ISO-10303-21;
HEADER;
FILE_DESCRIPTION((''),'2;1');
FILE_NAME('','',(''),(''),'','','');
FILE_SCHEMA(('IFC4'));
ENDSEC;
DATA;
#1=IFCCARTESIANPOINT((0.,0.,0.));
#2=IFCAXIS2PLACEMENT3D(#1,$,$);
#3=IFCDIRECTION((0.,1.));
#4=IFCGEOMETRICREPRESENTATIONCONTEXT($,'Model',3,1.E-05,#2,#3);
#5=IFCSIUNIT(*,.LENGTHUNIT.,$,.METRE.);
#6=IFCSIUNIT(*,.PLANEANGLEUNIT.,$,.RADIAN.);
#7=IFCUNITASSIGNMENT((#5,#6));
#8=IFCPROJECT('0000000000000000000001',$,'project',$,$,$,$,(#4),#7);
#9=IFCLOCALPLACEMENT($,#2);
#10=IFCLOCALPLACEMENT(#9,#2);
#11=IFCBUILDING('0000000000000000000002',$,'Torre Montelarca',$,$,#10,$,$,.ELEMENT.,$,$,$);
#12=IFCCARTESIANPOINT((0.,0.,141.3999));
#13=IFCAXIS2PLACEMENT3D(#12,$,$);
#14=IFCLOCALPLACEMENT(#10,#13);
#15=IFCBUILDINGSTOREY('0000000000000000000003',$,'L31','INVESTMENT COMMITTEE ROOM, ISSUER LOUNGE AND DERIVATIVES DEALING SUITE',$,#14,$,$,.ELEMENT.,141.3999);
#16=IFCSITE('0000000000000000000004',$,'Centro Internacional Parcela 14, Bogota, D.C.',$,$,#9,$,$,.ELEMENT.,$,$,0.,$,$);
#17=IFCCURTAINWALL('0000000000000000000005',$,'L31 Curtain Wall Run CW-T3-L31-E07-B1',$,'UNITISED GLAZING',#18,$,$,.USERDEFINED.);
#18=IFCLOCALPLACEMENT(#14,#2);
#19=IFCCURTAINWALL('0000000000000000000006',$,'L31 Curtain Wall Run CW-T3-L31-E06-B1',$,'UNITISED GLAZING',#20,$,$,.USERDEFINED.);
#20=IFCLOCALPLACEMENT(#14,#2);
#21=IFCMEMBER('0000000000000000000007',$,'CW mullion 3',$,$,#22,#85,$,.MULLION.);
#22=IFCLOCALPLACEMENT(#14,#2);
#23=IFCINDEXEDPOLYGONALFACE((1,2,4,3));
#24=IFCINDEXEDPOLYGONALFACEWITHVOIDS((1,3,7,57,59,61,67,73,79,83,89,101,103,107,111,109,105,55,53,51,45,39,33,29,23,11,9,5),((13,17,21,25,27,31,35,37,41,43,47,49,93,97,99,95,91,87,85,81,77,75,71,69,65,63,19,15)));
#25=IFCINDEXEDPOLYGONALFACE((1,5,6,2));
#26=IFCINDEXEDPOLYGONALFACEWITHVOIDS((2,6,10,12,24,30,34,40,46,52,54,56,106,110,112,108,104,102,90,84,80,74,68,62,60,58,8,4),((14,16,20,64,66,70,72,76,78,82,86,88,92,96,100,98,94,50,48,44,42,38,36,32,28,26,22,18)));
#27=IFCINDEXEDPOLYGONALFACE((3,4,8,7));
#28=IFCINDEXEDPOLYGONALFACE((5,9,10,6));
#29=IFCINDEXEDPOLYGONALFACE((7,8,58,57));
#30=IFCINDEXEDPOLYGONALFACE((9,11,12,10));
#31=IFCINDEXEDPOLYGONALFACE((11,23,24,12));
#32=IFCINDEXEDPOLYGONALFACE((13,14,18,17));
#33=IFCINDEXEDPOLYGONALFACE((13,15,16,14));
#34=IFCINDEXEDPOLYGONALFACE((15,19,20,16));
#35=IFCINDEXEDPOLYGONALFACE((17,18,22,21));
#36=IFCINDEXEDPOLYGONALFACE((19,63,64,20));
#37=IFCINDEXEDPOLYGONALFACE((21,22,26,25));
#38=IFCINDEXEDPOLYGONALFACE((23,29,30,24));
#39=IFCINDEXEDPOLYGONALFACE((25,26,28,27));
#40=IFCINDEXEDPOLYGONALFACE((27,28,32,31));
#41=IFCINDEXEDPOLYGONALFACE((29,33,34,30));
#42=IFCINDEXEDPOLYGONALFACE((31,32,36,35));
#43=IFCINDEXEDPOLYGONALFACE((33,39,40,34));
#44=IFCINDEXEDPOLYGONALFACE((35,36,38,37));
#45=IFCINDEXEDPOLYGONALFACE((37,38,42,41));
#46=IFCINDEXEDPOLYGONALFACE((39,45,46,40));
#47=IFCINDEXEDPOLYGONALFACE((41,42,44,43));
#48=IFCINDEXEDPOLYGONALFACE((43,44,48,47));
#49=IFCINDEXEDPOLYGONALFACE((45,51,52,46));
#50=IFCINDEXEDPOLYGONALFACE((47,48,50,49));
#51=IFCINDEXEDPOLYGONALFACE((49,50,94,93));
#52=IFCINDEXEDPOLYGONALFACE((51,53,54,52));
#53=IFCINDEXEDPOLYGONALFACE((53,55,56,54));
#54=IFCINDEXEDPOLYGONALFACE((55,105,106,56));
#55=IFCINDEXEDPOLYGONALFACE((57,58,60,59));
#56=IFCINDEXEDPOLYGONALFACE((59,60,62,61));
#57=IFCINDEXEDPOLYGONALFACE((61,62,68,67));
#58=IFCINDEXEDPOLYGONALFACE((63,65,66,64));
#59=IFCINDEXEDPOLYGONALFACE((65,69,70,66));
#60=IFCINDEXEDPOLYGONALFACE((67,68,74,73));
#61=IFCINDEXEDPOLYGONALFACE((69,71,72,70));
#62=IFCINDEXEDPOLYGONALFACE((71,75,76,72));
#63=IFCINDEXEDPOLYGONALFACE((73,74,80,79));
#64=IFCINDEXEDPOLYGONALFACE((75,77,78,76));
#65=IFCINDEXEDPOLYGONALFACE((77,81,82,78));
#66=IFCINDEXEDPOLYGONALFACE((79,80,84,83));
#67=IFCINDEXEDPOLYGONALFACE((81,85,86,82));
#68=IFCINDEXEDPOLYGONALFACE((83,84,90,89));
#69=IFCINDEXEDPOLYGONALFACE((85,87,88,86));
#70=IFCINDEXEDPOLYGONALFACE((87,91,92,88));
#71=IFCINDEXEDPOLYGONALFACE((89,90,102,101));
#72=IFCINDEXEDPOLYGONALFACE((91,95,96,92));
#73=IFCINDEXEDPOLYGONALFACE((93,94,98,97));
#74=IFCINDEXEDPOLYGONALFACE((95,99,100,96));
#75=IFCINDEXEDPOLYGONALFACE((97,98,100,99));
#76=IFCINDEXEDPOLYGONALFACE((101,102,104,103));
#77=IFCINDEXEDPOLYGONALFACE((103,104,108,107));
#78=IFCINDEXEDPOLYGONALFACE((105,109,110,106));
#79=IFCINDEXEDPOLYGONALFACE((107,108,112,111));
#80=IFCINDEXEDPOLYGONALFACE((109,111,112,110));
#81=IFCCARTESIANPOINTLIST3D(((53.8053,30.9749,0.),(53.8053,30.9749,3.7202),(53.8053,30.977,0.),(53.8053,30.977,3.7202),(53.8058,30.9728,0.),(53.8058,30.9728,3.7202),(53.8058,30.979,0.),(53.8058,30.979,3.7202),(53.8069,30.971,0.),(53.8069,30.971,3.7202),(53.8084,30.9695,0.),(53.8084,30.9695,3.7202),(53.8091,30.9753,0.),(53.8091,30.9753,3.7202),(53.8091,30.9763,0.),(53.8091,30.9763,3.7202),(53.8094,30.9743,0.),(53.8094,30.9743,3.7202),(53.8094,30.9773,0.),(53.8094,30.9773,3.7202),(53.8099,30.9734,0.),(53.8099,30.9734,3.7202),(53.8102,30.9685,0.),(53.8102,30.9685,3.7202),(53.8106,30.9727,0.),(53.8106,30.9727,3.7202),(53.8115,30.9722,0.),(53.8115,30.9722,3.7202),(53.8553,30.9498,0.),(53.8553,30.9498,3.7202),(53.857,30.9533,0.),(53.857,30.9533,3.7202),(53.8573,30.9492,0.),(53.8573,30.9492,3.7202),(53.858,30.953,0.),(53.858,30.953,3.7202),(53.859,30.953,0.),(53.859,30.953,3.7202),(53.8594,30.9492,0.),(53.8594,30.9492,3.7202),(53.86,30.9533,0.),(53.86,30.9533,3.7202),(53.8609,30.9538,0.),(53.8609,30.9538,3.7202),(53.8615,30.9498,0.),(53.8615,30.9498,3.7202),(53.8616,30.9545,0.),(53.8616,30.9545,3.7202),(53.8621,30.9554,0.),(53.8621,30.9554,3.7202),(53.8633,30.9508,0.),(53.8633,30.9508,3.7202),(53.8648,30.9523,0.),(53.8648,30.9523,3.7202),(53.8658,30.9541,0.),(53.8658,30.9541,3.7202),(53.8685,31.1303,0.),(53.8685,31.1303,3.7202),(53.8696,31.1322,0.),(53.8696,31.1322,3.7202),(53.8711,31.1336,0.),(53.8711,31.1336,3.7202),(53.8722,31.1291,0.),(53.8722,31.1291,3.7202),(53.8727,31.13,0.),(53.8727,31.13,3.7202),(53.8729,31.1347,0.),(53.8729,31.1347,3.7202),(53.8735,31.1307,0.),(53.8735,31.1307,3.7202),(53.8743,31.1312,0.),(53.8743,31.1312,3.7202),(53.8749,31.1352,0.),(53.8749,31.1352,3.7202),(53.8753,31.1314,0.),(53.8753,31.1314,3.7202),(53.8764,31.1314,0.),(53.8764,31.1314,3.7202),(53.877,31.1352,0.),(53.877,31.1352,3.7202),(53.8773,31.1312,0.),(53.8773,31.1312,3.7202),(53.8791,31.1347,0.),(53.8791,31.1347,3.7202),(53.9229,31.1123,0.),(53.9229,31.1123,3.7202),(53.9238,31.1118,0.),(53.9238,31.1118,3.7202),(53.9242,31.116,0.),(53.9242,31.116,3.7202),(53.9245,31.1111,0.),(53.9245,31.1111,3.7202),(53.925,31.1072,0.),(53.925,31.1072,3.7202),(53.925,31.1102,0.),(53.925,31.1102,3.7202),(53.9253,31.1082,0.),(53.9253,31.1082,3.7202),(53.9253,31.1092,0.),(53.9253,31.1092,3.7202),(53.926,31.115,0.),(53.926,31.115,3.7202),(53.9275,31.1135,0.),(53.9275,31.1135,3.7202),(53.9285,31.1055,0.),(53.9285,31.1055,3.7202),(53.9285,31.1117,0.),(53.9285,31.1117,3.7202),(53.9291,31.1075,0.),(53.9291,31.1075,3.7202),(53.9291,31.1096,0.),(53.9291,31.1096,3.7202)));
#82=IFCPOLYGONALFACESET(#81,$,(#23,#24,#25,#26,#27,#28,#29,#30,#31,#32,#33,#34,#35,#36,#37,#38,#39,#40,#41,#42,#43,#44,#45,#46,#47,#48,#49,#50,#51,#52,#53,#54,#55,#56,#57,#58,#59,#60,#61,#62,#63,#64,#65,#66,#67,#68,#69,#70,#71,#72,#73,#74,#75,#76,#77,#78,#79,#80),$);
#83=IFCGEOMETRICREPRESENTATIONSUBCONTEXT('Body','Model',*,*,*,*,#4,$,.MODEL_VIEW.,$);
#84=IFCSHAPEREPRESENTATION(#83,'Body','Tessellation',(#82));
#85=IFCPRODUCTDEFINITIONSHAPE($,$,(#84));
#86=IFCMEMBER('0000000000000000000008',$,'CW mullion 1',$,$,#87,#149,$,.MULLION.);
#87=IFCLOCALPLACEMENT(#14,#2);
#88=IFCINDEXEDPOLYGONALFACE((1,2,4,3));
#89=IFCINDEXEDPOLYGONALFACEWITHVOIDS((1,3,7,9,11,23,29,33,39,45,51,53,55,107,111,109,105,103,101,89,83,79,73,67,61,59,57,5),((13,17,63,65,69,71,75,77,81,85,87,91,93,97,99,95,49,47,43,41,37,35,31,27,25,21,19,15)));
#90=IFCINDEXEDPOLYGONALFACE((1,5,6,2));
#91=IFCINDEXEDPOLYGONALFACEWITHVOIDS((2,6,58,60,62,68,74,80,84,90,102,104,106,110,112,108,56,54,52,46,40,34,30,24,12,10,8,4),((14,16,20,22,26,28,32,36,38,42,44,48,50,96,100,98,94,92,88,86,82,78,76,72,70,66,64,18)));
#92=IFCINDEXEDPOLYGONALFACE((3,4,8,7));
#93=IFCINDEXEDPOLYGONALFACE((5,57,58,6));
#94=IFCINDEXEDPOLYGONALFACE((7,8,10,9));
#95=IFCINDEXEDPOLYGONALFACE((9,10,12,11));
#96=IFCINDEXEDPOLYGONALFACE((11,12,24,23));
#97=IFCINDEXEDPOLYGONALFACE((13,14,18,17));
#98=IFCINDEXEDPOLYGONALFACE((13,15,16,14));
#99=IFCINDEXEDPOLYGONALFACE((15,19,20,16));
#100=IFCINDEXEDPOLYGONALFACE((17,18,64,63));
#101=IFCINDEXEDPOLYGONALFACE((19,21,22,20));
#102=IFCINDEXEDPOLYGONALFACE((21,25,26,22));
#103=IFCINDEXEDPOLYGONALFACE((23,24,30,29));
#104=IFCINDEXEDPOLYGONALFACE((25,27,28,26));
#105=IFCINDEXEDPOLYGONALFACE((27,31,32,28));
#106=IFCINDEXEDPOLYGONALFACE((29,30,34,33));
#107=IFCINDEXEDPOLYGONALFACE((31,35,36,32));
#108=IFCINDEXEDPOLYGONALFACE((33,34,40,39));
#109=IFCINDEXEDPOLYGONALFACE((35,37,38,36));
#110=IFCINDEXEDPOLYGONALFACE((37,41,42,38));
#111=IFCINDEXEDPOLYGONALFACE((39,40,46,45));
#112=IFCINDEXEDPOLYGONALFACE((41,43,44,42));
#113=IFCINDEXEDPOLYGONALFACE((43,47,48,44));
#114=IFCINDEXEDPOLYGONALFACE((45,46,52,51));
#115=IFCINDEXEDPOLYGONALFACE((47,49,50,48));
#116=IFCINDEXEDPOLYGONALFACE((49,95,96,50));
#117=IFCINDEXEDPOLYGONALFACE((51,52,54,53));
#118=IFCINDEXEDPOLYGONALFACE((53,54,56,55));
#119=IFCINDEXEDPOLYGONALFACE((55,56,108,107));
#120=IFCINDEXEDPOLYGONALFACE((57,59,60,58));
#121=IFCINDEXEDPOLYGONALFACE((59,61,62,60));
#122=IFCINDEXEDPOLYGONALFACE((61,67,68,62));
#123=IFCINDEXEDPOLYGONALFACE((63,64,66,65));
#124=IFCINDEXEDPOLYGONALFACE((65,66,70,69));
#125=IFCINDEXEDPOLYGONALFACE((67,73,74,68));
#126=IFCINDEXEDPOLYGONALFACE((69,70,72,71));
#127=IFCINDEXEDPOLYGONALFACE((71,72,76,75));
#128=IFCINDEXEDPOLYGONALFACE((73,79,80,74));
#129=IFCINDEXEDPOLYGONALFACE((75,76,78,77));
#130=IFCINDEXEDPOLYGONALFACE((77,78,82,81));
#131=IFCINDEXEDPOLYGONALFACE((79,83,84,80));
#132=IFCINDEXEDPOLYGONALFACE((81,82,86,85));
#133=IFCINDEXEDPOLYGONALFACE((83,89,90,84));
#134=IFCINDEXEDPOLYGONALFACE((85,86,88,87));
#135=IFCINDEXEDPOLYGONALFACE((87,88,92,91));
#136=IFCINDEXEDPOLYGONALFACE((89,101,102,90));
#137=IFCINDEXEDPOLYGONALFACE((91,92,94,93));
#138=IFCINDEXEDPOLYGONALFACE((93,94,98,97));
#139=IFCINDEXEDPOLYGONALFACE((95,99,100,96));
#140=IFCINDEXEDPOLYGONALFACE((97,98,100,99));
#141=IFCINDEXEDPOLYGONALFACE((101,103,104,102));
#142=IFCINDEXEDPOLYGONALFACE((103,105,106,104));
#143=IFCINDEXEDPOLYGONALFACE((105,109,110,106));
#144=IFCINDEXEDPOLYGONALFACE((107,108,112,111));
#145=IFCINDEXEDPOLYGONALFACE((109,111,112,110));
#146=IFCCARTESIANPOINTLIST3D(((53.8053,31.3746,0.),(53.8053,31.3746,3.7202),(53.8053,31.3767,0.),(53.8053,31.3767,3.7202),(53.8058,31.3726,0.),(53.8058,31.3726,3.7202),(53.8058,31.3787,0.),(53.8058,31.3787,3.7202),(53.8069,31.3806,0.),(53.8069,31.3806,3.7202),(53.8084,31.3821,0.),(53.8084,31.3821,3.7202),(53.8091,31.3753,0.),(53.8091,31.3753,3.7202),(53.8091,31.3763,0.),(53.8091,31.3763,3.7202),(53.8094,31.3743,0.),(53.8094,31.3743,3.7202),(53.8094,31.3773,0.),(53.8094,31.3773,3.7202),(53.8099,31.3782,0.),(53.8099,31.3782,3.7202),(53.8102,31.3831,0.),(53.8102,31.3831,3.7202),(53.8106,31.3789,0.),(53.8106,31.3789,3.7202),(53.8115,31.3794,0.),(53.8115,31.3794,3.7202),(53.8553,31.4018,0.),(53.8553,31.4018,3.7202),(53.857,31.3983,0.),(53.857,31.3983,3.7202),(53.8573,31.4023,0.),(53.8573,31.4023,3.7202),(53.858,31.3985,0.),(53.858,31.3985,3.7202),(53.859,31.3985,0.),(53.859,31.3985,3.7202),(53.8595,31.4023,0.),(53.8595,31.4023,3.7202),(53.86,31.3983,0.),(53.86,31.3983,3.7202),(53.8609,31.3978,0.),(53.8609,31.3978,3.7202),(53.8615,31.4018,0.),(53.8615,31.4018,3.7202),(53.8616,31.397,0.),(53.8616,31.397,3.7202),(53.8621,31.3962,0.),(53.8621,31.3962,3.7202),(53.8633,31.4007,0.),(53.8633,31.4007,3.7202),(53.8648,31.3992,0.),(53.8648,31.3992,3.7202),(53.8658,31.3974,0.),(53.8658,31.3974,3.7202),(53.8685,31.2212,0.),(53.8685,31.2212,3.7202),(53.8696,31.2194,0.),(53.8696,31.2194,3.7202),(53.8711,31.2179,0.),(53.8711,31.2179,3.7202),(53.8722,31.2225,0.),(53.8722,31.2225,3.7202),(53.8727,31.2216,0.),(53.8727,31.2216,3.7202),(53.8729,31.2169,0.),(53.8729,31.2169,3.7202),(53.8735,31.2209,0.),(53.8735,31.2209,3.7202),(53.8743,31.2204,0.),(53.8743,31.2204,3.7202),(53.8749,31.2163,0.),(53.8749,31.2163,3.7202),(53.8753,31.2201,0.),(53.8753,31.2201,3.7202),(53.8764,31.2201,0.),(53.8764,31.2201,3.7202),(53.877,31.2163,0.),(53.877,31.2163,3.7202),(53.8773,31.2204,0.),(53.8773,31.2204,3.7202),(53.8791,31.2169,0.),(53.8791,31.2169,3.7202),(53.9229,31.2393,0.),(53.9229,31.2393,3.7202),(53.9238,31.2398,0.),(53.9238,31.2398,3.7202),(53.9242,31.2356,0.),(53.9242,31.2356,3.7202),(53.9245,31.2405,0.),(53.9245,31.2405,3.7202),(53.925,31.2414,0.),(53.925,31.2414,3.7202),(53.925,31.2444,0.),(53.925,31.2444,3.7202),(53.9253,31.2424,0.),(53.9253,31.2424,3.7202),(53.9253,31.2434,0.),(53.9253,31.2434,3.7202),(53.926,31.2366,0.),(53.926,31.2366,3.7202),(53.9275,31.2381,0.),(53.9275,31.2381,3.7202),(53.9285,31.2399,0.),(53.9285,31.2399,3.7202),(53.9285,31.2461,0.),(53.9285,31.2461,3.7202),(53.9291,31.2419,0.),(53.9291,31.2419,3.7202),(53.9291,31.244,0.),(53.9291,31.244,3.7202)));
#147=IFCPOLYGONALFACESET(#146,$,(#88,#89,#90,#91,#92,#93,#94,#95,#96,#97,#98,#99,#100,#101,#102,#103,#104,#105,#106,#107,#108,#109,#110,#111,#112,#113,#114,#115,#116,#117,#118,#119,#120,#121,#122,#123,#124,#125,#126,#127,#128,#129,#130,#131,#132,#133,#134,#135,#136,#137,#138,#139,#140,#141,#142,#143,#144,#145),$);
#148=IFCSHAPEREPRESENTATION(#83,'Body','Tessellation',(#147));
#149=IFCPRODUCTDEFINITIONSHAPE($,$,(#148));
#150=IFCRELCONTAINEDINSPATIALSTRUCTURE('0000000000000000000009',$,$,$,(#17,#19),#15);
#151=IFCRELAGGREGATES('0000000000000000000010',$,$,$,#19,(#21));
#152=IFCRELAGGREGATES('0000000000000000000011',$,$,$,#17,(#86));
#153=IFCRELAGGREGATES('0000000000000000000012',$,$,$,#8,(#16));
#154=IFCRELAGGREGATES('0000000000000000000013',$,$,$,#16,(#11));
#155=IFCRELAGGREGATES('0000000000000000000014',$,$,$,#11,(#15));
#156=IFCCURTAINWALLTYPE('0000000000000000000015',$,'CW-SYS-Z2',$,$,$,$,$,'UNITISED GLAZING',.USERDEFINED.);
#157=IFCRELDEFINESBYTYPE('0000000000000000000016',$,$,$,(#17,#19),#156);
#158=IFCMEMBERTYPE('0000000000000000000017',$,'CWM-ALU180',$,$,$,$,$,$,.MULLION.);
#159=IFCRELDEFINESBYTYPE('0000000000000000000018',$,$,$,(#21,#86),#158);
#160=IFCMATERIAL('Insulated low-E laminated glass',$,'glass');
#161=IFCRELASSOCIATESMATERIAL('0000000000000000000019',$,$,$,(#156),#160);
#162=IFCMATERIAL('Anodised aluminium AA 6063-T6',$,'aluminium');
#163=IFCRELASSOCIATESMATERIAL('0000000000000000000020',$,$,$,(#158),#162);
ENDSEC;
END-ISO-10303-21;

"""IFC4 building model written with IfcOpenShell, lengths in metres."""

from ifc_helpers import new_model, si_unit, direction, frame, origin, origin_2d, place, context, subcontext, project, spatial, hollow_rectangle, extrude, source, transform, mapped, material, material_profile, profile_set, type_object, element, aggregate, save


model = new_model("IFC4")

# Units and contexts
model_context = context("Model", 3, precision=1e-05, world=origin(), true_north=direction((0.0, 1.0)))
body_context = subcontext(model_context, "Body", "Model", "MODEL_VIEW")
ifc_project = project(units=[si_unit("LENGTHUNIT", "METRE"), si_unit("PLANEANGLEUNIT", "RADIAN")], contexts=[model_context])

# Site, building, storey
site_placement = place(None, origin())
site = spatial("IfcSite", under=ifc_project, at=site_placement, Name="Centro Internacional Parcela 14, Bogota, D.C.", CompositionType="ELEMENT", RefElevation=0.0)
building_placement = place(site_placement, origin())
building = spatial("IfcBuilding", under=site, at=building_placement, Name="Torre Montelarca", CompositionType="ELEMENT")
storey_placement = place(building_placement, frame((0.0, 0.0, 141.3999)))
storey = spatial("IfcBuildingStorey", under=building, at=storey_placement, Name="L31", Description="INVESTMENT COMMITTEE ROOM, ISSUER LOUNGE AND DERIVATIVES DEALING SUITE", CompositionType="ELEMENT", Elevation=141.3999)

# Curtain wall
ifc_material_1 = material(Name="Insulated low-E laminated glass", Category="glass")
curtain_wall_type = type_object("IfcCurtainWallType", Name="CW-SYS-Z2", ElementType="UNITISED GLAZING", PredefinedType="USERDEFINED", material=ifc_material_1)
curtain_wall_1_placement = place(storey_placement, origin())
curtain_wall_1 = element("IfcCurtainWall", 1, at=curtain_wall_1_placement, inside=storey, type_object=curtain_wall_type, Name="L31 Curtain Wall Run CW-T3-L31-E07-B1", ObjectType="UNITISED GLAZING", PredefinedType="USERDEFINED")
ifc_material_2 = material(Name="Anodised aluminium AA 6063-T6", Category="aluminium")

# Curtain wall, member
curtain_wall_2_placement = place(storey_placement, origin())
curtain_wall_2 = element("IfcCurtainWall", 2, at=curtain_wall_2_placement, inside=storey, type_object=curtain_wall_type, Name="L31 Curtain Wall Run CW-T3-L31-E06-B1", ObjectType="UNITISED GLAZING", PredefinedType="USERDEFINED")
ifc_material_profile_1 = material_profile(ifc_material_2, hollow_rectangle(XDim=0.0649, YDim=0.1799, WallThickness=0.0039, InnerFilletRadius=0.0039, OuterFilletRadius=0.0081, at=origin_2d()), Name="ALU65X180X4", Category="aluminium")
ifc_profile_set_1 = profile_set([ifc_material_profile_1], Name="Anodised aluminium AA 6063-T6")
member_type_1 = type_object("IfcMemberType", Name="CWM-ALU180", PredefinedType="MULLION", material=ifc_profile_set_1)
shared_shape_1 = source(origin(), body_context, "Body", "SweptSolid", [
    extrude(hollow_rectangle(XDim=0.0649, YDim=0.1799, WallThickness=0.0039, InnerFilletRadius=0.0039, OuterFilletRadius=0.0081, at=origin_2d()), origin(), (0.0, 0.0, 1.0), 3.7202),
])
member_1_placement = place(storey_placement, frame((53.8672, 31.0422, 0.0), z_axis=(0.0, 0.0, 1.0), x_axis=(-0.923881, 0.382679, 0.0)))
member_1 = element("IfcMember", 3, at=member_1_placement, type_object=member_type_1, Name="CW mullion 3", PredefinedType="MULLION", context=body_context, shape_type="MappedRepresentation", body=[
    mapped(shared_shape_1, transform((0.0, 0.0, 0.0), scale=1.0)),
])
aggregate(curtain_wall_2, [member_1])

# Member
member_2_placement = place(storey_placement, frame((53.8672, 31.3093, 0.0), z_axis=(0.0, 0.0, 1.0), x_axis=(-0.923886, -0.382668, 0.0)))
member_2 = element("IfcMember", 4, at=member_2_placement, type_object=member_type_1, Name="CW mullion 1", PredefinedType="MULLION", context=body_context, shape_type="MappedRepresentation", body=[
    mapped(shared_shape_1, transform((0.0, 0.0, 0.0), scale=1.0)),
])

aggregate(curtain_wall_1, [member_2])

save(model, "model.ifc")
